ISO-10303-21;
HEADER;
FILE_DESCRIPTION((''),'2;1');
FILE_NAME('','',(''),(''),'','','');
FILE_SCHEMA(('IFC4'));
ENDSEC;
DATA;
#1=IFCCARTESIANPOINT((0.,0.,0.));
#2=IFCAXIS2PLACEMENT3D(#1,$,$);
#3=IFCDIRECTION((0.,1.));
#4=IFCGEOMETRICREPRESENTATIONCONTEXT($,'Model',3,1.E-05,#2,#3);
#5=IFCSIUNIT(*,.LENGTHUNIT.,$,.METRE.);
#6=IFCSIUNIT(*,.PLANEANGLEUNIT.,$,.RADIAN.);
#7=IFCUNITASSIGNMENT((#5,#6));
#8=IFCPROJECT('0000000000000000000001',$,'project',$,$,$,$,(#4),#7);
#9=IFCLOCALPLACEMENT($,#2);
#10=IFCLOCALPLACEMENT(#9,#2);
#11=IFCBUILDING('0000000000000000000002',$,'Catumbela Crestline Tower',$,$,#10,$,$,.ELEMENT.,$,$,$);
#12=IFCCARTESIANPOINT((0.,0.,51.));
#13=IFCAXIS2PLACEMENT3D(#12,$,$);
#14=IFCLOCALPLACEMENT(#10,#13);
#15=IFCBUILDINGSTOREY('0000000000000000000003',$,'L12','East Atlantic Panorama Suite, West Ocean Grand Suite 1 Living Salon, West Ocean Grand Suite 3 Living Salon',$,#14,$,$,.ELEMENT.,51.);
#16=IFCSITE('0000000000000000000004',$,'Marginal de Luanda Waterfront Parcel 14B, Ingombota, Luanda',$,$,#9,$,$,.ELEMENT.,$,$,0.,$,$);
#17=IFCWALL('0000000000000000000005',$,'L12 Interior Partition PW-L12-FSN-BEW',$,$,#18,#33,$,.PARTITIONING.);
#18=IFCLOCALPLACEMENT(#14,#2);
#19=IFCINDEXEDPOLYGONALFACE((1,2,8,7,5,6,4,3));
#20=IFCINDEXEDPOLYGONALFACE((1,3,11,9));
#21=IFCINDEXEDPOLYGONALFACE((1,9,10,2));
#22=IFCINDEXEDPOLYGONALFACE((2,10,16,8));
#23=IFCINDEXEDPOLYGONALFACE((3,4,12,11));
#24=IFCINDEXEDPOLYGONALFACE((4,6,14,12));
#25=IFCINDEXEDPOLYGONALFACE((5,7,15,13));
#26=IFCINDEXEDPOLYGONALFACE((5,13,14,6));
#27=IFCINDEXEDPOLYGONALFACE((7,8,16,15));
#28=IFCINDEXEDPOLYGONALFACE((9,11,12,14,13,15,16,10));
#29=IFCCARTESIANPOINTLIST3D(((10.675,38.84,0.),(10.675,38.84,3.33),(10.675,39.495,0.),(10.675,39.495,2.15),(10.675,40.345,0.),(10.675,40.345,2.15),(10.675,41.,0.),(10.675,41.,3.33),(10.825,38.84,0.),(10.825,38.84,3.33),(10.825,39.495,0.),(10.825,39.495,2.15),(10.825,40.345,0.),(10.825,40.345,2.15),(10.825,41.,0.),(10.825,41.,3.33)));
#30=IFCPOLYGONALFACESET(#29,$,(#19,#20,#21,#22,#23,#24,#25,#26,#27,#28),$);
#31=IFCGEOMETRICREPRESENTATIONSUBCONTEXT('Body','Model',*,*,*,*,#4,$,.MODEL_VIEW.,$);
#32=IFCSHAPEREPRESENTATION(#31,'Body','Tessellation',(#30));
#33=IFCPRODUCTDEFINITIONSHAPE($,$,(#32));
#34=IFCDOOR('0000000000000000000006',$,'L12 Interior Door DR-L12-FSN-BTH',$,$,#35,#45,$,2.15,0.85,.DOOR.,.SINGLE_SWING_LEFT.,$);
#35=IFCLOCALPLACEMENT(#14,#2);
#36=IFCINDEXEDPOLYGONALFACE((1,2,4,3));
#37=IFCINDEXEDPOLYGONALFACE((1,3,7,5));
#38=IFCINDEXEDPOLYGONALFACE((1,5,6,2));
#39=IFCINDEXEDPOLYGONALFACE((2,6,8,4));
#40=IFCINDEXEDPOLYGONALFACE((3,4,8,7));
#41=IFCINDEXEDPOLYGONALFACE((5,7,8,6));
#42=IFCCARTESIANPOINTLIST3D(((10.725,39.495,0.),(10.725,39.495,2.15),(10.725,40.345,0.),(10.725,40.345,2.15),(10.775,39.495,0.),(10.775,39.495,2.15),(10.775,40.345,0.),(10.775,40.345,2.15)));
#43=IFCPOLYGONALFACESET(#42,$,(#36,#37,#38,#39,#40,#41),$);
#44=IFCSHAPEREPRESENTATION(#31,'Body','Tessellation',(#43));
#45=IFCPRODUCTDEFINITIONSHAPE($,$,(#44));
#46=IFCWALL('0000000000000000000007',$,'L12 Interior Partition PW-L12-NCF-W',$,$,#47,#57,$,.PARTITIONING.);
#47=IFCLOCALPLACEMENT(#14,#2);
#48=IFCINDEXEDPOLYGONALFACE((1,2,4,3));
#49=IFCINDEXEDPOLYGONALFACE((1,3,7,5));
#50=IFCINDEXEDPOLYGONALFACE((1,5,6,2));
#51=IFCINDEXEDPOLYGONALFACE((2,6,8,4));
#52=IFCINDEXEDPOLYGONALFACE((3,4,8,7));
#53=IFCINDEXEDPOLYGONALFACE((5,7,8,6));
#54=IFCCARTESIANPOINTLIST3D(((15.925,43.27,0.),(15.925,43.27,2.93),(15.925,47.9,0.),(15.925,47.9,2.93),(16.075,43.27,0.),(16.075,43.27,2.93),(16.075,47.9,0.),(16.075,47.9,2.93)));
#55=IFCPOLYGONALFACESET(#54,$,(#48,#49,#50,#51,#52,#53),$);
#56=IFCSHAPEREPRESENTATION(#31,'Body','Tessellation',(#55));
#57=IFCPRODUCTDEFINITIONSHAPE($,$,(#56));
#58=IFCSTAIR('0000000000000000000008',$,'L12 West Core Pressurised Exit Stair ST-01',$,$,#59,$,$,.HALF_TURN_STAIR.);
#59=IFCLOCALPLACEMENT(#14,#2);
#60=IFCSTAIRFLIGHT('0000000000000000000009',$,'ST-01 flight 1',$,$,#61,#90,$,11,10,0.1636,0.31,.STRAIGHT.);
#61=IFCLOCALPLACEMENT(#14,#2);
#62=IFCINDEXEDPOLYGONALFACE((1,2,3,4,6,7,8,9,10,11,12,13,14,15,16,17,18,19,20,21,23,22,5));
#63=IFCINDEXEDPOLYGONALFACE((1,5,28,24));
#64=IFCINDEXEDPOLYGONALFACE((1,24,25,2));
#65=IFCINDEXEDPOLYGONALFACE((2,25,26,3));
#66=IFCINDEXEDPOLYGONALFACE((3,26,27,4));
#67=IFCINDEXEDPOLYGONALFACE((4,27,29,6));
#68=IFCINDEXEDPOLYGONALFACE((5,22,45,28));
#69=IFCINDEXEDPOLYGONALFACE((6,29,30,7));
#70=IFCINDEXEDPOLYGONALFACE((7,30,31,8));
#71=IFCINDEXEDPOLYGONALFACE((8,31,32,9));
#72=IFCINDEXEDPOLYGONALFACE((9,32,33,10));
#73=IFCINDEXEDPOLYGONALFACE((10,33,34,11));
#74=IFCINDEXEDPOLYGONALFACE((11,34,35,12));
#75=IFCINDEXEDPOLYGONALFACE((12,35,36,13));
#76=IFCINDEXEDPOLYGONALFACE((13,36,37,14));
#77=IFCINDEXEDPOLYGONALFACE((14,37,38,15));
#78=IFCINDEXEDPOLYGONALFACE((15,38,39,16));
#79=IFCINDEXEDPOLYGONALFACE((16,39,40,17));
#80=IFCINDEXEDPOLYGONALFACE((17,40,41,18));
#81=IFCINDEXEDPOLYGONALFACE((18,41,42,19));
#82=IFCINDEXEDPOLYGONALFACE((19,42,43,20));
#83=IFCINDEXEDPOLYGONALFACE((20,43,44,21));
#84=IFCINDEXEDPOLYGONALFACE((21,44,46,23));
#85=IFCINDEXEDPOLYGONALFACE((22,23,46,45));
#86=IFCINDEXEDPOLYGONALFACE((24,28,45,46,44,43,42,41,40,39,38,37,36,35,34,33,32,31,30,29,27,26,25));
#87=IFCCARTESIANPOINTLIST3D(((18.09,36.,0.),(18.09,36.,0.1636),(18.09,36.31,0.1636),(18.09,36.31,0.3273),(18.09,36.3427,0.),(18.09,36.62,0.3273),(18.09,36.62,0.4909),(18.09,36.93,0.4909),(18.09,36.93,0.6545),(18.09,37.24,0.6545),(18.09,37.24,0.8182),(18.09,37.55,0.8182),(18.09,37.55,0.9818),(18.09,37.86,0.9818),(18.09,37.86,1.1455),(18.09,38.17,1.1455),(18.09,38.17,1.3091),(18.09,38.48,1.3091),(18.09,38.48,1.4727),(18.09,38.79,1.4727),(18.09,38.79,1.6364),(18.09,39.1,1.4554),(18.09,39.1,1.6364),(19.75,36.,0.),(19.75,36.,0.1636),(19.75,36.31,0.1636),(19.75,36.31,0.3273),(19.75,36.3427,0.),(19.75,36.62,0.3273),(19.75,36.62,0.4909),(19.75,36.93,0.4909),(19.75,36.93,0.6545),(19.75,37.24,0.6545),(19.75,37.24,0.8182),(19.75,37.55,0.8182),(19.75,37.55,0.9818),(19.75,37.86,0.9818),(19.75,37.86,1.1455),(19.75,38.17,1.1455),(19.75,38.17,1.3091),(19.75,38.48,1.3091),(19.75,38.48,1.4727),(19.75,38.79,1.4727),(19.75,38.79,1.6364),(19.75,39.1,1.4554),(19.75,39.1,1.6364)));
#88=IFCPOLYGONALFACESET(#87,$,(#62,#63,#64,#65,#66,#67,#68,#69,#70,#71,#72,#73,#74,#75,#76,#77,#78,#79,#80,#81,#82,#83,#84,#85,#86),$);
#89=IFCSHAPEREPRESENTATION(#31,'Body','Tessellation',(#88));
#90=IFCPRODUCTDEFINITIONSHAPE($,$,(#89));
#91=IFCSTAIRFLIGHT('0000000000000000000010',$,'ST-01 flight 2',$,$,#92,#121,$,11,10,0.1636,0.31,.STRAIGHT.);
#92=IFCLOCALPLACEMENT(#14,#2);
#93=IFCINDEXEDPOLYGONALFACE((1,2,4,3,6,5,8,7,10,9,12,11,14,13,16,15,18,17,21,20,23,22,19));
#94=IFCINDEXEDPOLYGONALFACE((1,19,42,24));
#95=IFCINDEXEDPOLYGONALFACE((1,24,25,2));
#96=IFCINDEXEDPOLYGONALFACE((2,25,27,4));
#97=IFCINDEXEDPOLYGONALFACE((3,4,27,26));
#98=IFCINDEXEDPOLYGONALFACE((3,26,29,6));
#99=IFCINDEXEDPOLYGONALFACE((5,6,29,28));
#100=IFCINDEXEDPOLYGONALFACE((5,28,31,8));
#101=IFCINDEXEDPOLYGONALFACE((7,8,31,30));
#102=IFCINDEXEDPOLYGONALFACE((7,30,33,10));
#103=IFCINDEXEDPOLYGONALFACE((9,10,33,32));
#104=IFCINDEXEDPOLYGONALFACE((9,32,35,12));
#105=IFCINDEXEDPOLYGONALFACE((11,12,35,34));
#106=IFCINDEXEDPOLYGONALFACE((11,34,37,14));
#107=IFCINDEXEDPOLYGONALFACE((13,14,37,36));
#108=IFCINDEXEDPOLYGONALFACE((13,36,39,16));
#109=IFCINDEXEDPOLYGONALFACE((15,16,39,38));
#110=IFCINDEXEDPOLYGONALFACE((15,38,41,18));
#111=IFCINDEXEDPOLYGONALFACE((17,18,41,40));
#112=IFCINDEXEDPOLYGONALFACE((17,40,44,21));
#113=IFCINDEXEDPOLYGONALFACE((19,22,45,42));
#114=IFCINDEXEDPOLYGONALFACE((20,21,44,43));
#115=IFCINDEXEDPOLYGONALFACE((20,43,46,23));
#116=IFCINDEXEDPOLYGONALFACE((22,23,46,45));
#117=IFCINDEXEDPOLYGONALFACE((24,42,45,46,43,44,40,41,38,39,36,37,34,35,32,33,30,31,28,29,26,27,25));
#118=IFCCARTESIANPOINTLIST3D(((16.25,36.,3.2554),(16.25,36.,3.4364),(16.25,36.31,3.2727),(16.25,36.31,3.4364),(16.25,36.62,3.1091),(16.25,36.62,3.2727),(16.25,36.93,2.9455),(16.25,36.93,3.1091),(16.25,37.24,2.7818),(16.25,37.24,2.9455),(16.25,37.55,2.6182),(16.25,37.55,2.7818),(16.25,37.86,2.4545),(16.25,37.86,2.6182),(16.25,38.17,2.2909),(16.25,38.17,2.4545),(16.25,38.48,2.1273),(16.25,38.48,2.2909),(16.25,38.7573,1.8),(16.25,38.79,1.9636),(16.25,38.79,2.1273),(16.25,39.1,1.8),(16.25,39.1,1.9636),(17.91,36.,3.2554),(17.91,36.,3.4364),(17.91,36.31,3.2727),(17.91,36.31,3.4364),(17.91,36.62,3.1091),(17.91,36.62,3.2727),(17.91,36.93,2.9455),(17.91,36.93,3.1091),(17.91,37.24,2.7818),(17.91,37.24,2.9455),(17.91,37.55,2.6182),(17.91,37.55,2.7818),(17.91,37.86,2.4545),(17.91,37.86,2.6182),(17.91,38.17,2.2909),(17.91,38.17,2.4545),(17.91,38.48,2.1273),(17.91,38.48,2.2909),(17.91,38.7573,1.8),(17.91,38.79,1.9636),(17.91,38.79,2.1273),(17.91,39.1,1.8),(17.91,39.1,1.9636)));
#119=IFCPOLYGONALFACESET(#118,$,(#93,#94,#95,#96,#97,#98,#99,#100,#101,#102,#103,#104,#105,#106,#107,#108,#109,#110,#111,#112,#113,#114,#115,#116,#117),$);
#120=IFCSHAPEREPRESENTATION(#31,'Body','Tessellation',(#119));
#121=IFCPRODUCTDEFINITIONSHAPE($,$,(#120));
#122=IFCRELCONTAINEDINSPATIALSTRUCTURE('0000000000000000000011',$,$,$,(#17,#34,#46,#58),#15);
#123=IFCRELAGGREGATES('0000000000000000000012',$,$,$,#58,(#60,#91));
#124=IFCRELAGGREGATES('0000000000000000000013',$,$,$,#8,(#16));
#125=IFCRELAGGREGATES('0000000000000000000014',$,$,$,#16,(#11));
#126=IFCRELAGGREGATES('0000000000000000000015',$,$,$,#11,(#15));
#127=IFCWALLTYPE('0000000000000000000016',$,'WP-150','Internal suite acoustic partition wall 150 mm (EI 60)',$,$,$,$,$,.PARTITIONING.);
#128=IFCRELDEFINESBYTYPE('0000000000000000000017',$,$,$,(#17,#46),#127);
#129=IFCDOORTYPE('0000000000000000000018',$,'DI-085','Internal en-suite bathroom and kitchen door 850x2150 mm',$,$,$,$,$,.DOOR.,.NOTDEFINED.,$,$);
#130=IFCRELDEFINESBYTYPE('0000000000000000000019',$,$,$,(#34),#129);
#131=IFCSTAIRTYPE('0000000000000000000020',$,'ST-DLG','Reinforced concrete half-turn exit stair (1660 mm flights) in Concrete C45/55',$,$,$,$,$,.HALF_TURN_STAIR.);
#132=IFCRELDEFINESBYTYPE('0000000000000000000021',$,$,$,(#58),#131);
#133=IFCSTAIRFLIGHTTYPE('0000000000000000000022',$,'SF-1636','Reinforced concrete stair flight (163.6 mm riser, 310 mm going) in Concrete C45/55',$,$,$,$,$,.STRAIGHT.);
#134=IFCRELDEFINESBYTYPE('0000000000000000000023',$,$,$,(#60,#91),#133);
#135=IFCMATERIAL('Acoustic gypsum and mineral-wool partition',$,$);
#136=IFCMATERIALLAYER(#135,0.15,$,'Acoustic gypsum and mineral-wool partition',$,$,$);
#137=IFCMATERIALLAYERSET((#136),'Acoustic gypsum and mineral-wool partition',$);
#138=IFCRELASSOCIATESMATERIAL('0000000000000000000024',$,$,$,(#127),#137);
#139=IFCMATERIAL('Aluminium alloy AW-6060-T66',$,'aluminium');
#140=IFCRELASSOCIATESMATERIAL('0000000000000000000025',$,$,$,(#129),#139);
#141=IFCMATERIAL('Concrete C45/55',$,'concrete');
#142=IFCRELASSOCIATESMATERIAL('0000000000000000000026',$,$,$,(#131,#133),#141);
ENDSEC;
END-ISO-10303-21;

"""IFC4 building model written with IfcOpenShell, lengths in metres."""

from ifc_helpers import new_model, si_unit, direction, frame, frame_2d, origin, place, context, subcontext, project, spatial, polyline, rectangle, outline, extrude, material, layer, layer_set, type_object, element, fill, aggregate, save


model = new_model("IFC4")

# Units and contexts
model_context = context("Model", 3, precision=1e-05, world=origin(), true_north=direction((0.0, 1.0)))
body_context = subcontext(model_context, "Body", "Model", "MODEL_VIEW")
ifc_project = project(units=[si_unit("LENGTHUNIT", "METRE"), si_unit("PLANEANGLEUNIT", "RADIAN")], contexts=[model_context])

# Site, building, storey
site_placement = place(None, origin())
site = spatial("IfcSite", under=ifc_project, at=site_placement, Name="Marginal de Luanda Waterfront Parcel 14B, Ingombota, Luanda", CompositionType="ELEMENT", RefElevation=0.0)
building_placement = place(site_placement, origin())
building = spatial("IfcBuilding", under=site, at=building_placement, Name="Catumbela Crestline Tower", CompositionType="ELEMENT")
storey_placement = place(building_placement, frame((0.0, 0.0, 51.0)))
storey = spatial("IfcBuildingStorey", under=building, at=storey_placement, Name="L12", Description="East Atlantic Panorama Suite, West Ocean Grand Suite 1 Living Salon, West Ocean Grand Suite 3 Living Salon", CompositionType="ELEMENT", Elevation=51.0)

# Shared definitions
ifc_material_1 = material(Name="Aluminium alloy AW-6060-T66", Category="aluminium")

# Shared definitions
ifc_material_2 = material(Name="Acoustic gypsum and mineral-wool partition")
ifc_layer_1 = layer(ifc_material_2, 0.15, Name="Acoustic gypsum and mineral-wool partition")
ifc_layer_set_1 = layer_set([ifc_layer_1], Name="Acoustic gypsum and mineral-wool partition")
wall_type_1 = type_object("IfcWallType", Name="WP-150", Description="Internal suite acoustic partition wall 150 mm (EI 60)", PredefinedType="PARTITIONING", material=ifc_layer_set_1)

# Wall, opening, door
door_type = type_object("IfcDoorType", Name="DI-085", Description="Internal en-suite bathroom and kitchen door 850x2150 mm", OperationType="NOTDEFINED", PredefinedType="DOOR", material=ifc_material_1)
wall_1_placement = place(storey_placement, frame((10.75, 38.84, 0.0), z_axis=(0.0, 0.0, 1.0), x_axis=(0.0, 1.0, 0.0)))
wall_1 = element("IfcWall", 1, at=wall_1_placement, inside=storey, type_object=wall_type_1, Name="L12 Interior Partition PW-L12-FSN-BEW", PredefinedType="PARTITIONING", context=body_context, shape_type="SweptSolid", body=[
    extrude(rectangle(XDim=2.16, YDim=0.15, at=frame_2d((1.08, 0.0))), origin(), (0.0, 0.0, 1.0), 3.33),
])
opening_1_placement = place(wall_1_placement, frame((0.655, 0.0, 0.0)))
opening_1 = element("IfcOpeningElement", 2, at=opening_1_placement, cuts=wall_1, PredefinedType="OPENING", context=body_context, shape_type="SweptSolid", body=[
    extrude(rectangle(XDim=0.85, YDim=2.15, at=frame_2d((0.425, 1.075))), frame((0.0, 0.085, 0.0), z_axis=(0.0, -1.0, 0.0), x_axis=(1.0, 0.0, 0.0)), (0.0, 0.0, 1.0), 0.17),
])
door_1_placement = place(opening_1_placement, origin())
door_1 = element("IfcDoor", 3, at=door_1_placement, inside=storey, type_object=door_type, Name="L12 Interior Door DR-L12-FSN-BTH", OperationType="SINGLE_SWING_LEFT", OverallHeight=2.15, OverallWidth=0.85, PredefinedType="DOOR", context=body_context, shape_type="SweptSolid", body=[
    extrude(rectangle(XDim=0.85, YDim=2.15, at=frame_2d((0.425, 1.075))), frame((0.0, 0.025, 0.0), z_axis=(0.0, -1.0, 0.0), x_axis=(1.0, 0.0, 0.0)), (0.0, 0.0, 1.0), 0.05),
])
fill(opening_1, door_1)

# Wall
wall_2_placement = place(storey_placement, frame((16.0, 43.27, 0.0), z_axis=(0.0, 0.0, 1.0), x_axis=(0.0, 1.0, 0.0)))
element("IfcWall", 4, at=wall_2_placement, inside=storey, type_object=wall_type_1, Name="L12 Interior Partition PW-L12-NCF-W", PredefinedType="PARTITIONING", context=body_context, shape_type="SweptSolid", body=[
    extrude(rectangle(XDim=4.63, YDim=0.15, at=frame_2d((2.315, 0.0))), origin(), (0.0, 0.0, 1.0), 2.93),
])

# Stair, stair flights
ifc_material_3 = material(Name="Concrete C45/55", Category="concrete")
stair_type = type_object("IfcStairType", Name="ST-DLG", Description="Reinforced concrete half-turn exit stair (1660 mm flights) in Concrete C45/55", PredefinedType="HALF_TURN_STAIR", material=ifc_material_3)
stair_placement = place(storey_placement, origin())
stair = element("IfcStair", 5, at=stair_placement, inside=storey, type_object=stair_type, Name="L12 West Core Pressurised Exit Stair ST-01", PredefinedType="HALF_TURN_STAIR")
stair_flight_type = type_object("IfcStairFlightType", Name="SF-1636", Description="Reinforced concrete stair flight (163.6 mm riser, 310 mm going) in Concrete C45/55", PredefinedType="STRAIGHT", material=ifc_material_3)
stair_flight_1_placement = place(storey_placement, frame((18.92, 36.0, 0.0), z_axis=(0.0, 0.0, 1.0), x_axis=(0.0, 1.0, 0.0)))
stair_flight_1 = element("IfcStairFlight", 6, at=stair_flight_1_placement, type_object=stair_flight_type, Name="ST-01 flight 1", NumberOfRisers=11, NumberOfTreads=10, PredefinedType="STRAIGHT", RiserHeight=0.1636, TreadLength=0.31, context=body_context, shape_type="SweptSolid", body=[
    extrude(outline(polyline([(0.0, 0.0), (0.0, 0.1636), (0.31, 0.1636), (0.31, 0.3273), (0.62, 0.3273), (0.62, 0.4909), (0.93, 0.4909), (0.93, 0.6545), (1.24, 0.6545), (1.24, 0.8182), (1.55, 0.8182), (1.55, 0.9818), (1.86, 0.9818), (1.86, 1.1455), (2.17, 1.1455), (2.17, 1.3091), (2.48, 1.3091), (2.48, 1.4727), (2.79, 1.4727), (2.79, 1.6364), (3.1, 1.6364), (3.1, 1.8), (3.1, 1.4554), (0.3427, 0.0), (0.0, 0.0)])), frame((0.0, 0.83, 0.0), z_axis=(0.0, -1.0, 0.0), x_axis=(1.0, 0.0, 0.0)), (0.0, 0.0, 1.0), 1.66),
])
stair_flight_2_placement = place(storey_placement, frame((17.08, 39.1, 1.8), z_axis=(0.0, 0.0, 1.0), x_axis=(0.0, -1.0, 0.0)))
stair_flight_2 = element("IfcStairFlight", 7, at=stair_flight_2_placement, type_object=stair_flight_type, Name="ST-01 flight 2", NumberOfRisers=11, NumberOfTreads=10, PredefinedType="STRAIGHT", RiserHeight=0.1636, TreadLength=0.31, context=body_context, shape_type="SweptSolid", body=[
    extrude(outline(polyline([(0.0, 0.0), (0.0, 0.1636), (0.31, 0.1636), (0.31, 0.3273), (0.62, 0.3273), (0.62, 0.4909), (0.93, 0.4909), (0.93, 0.6545), (1.24, 0.6545), (1.24, 0.8182), (1.55, 0.8182), (1.55, 0.9818), (1.86, 0.9818), (1.86, 1.1455), (2.17, 1.1455), (2.17, 1.3091), (2.48, 1.3091), (2.48, 1.4727), (2.79, 1.4727), (2.79, 1.6364), (3.1, 1.6364), (3.1, 1.8), (3.1, 1.4554), (0.3427, 0.0), (0.0, 0.0)])), frame((0.0, 0.83, 0.0), z_axis=(0.0, -1.0, 0.0), x_axis=(1.0, 0.0, 0.0)), (0.0, 0.0, 1.0), 1.66),
])
aggregate(stair, [stair_flight_1, stair_flight_2])

save(model, "model.ifc")
